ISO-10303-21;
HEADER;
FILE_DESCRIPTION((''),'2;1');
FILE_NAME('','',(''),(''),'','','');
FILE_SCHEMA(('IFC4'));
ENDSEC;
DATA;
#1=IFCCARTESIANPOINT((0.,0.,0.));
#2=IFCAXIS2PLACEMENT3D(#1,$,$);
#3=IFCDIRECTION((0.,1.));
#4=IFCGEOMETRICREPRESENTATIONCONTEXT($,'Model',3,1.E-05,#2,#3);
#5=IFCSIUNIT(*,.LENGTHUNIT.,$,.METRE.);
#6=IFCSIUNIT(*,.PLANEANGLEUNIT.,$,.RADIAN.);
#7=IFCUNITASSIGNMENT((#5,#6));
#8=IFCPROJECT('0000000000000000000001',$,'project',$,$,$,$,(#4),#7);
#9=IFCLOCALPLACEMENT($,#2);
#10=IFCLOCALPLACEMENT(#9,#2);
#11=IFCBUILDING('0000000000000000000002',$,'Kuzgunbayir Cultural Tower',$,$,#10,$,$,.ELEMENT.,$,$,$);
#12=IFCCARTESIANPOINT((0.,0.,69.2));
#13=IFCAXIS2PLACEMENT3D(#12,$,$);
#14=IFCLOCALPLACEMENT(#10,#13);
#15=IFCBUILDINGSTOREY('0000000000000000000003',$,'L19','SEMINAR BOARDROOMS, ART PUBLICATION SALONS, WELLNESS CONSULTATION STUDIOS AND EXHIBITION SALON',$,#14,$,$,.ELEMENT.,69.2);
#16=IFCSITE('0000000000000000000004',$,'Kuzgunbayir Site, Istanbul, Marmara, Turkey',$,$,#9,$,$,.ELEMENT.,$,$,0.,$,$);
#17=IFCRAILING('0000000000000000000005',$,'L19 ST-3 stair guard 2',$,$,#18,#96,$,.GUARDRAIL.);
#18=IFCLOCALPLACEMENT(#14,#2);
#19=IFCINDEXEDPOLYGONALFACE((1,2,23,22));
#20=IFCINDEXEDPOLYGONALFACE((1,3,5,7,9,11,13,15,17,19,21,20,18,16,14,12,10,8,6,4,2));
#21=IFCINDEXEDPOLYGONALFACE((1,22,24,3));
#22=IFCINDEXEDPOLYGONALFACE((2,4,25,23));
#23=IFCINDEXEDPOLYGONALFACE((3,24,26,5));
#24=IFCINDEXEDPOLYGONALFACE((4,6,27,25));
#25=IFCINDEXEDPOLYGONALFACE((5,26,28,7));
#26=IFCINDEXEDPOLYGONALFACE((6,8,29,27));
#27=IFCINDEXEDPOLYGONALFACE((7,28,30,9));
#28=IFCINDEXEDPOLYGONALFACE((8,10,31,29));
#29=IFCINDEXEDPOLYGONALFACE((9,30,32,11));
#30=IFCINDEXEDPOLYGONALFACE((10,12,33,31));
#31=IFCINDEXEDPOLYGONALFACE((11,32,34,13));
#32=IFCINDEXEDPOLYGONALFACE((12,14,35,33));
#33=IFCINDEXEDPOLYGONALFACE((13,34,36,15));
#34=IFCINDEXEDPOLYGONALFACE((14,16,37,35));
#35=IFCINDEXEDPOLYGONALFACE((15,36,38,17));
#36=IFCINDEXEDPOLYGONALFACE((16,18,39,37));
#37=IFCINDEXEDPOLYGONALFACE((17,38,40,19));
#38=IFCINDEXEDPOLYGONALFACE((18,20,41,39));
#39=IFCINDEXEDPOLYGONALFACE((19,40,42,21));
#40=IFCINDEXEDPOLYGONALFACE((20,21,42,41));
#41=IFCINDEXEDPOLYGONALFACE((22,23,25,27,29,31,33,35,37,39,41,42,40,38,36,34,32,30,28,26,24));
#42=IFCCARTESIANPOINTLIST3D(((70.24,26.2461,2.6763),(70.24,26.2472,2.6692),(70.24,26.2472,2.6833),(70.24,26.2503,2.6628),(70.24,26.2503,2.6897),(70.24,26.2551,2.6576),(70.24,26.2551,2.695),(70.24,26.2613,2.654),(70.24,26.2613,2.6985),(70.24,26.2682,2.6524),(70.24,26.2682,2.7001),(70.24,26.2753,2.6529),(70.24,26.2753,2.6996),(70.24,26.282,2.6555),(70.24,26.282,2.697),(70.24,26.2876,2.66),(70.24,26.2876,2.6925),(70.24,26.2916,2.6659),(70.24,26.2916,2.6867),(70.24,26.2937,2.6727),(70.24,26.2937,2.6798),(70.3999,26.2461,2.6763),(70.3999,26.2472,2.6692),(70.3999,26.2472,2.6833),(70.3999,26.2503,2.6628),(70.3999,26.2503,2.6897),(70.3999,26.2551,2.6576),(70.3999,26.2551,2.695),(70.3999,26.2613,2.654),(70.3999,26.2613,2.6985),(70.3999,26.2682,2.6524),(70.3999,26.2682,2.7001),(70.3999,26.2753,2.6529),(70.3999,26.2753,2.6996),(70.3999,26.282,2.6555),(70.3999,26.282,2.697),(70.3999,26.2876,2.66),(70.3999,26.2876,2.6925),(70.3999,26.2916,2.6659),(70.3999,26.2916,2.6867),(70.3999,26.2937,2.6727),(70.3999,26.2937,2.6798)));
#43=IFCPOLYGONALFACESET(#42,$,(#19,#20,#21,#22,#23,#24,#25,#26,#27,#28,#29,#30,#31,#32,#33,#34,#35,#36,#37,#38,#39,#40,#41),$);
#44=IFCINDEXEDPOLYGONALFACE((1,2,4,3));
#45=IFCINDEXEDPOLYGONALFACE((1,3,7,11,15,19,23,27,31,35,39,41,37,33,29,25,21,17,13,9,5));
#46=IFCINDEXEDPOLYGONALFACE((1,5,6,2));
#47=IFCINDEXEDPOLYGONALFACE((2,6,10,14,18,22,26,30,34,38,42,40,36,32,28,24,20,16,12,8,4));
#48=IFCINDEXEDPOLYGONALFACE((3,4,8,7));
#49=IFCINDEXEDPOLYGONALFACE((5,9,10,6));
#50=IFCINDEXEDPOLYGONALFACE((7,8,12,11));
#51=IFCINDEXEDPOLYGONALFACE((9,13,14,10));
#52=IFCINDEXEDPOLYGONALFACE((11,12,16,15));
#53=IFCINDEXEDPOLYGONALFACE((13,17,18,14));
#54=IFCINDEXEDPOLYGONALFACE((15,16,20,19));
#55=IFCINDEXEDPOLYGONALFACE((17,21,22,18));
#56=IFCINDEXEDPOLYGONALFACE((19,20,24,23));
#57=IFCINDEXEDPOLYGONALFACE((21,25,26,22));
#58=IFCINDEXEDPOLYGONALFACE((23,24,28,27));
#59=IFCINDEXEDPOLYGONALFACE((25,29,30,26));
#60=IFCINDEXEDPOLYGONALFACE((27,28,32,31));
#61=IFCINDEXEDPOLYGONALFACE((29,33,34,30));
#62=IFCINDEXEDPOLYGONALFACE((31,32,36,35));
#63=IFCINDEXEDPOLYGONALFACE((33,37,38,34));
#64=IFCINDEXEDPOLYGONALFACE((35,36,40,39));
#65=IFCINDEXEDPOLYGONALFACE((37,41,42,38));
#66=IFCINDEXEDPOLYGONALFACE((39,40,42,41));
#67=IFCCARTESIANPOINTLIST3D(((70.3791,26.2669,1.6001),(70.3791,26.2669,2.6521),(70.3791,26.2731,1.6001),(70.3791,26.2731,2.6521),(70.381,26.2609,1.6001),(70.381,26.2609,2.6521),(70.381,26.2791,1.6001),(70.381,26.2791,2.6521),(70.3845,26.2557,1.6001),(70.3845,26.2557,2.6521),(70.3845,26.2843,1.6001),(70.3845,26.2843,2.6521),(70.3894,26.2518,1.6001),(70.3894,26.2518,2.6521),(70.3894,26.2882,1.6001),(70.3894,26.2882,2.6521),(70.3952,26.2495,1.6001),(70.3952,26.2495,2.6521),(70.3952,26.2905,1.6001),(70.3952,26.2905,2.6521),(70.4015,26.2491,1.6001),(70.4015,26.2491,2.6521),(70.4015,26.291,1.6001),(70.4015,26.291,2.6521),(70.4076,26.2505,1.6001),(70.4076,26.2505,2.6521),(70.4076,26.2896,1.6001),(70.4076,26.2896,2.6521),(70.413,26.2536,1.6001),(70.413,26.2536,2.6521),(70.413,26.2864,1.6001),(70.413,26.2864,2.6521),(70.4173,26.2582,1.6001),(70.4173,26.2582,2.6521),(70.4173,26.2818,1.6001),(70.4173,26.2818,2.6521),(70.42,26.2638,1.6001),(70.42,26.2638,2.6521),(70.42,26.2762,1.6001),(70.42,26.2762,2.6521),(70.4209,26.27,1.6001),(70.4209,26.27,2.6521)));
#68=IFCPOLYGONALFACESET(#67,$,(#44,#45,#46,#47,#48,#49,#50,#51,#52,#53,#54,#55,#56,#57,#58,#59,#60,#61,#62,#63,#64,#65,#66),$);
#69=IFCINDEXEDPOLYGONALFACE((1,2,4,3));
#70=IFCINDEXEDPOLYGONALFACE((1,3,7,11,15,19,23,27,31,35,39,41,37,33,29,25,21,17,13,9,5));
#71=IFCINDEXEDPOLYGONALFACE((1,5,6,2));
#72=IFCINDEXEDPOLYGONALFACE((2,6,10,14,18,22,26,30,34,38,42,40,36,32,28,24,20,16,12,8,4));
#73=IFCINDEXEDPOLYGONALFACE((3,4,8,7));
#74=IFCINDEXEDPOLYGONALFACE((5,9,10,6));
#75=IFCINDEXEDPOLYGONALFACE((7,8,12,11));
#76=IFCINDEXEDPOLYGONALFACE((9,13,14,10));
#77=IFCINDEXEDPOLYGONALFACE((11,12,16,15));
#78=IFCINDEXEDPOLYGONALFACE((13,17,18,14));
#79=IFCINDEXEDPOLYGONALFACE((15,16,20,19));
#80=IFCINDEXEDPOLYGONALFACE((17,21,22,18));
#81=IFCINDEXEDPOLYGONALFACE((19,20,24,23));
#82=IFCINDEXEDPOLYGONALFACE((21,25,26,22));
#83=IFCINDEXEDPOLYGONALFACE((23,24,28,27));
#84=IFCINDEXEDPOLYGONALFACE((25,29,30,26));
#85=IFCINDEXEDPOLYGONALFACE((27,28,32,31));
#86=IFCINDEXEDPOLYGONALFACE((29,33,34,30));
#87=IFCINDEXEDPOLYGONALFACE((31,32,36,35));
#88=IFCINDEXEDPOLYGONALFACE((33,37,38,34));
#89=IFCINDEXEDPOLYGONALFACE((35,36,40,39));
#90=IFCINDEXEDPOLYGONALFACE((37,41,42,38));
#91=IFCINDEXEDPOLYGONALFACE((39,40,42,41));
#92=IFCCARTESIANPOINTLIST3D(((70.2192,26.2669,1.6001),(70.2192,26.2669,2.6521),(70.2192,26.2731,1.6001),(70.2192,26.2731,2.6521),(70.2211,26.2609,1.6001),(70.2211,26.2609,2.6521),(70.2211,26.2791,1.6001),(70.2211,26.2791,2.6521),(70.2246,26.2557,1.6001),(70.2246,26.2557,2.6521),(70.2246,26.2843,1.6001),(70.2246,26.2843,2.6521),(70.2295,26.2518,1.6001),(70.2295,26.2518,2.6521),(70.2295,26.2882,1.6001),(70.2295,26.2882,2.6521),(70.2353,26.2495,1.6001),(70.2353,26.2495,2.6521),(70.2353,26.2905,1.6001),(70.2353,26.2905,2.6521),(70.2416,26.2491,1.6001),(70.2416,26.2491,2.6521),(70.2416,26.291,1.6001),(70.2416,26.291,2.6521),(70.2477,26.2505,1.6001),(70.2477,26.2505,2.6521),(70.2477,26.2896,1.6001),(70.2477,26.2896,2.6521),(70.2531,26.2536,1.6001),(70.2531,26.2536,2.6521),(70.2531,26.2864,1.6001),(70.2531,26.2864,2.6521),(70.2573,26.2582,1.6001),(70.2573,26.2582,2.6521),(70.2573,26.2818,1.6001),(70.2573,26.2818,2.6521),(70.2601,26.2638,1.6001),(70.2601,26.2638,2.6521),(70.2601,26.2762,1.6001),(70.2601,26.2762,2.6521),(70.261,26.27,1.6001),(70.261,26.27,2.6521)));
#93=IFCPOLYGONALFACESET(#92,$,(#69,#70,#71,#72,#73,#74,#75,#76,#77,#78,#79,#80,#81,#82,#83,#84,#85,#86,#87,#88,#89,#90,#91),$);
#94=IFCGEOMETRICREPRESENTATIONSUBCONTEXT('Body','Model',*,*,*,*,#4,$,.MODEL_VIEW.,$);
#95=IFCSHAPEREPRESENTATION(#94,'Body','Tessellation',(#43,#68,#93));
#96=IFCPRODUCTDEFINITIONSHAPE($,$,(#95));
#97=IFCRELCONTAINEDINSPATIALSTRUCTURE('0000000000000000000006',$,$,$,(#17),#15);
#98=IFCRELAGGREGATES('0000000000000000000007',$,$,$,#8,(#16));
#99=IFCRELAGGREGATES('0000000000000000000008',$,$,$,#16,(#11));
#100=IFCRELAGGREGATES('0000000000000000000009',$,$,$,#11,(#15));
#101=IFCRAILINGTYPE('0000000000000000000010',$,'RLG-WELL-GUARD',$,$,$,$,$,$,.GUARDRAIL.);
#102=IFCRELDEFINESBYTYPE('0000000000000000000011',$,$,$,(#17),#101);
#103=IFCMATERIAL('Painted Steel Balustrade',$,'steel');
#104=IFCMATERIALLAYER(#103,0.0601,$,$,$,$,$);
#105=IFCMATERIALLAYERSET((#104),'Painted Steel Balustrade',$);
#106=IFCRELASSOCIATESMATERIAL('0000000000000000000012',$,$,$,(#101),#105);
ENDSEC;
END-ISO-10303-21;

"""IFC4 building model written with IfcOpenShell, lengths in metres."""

from ifc_helpers import new_model, si_unit, direction, frame, origin, origin_2d, place, context, subcontext, project, spatial, circle, extrude, material, layer, layer_set, type_object, element, save


model = new_model("IFC4")

# Units and contexts
model_context = context("Model", 3, precision=1e-05, world=origin(), true_north=direction((0.0, 1.0)))
body_context = subcontext(model_context, "Body", "Model", "MODEL_VIEW")
ifc_project = project(units=[si_unit("LENGTHUNIT", "METRE"), si_unit("PLANEANGLEUNIT", "RADIAN")], contexts=[model_context])

# Site, building, storey
site_placement = place(None, origin())
site = spatial("IfcSite", under=ifc_project, at=site_placement, Name="Kuzgunbayir Site, Istanbul, Marmara, Turkey", CompositionType="ELEMENT", RefElevation=0.0)
building_placement = place(site_placement, origin())
building = spatial("IfcBuilding", under=site, at=building_placement, Name="Kuzgunbayir Cultural Tower", CompositionType="ELEMENT")
storey_placement = place(building_placement, frame((0.0, 0.0, 69.2)))
storey = spatial("IfcBuildingStorey", under=building, at=storey_placement, Name="L19", Description="SEMINAR BOARDROOMS, ART PUBLICATION SALONS, WELLNESS CONSULTATION STUDIOS AND EXHIBITION SALON", CompositionType="ELEMENT", Elevation=69.2)

# Railing
ifc_material_1 = material(Name="Painted Steel Balustrade", Category="steel")
ifc_layer_1 = layer(ifc_material_1, 0.0601)
ifc_layer_set_1 = layer_set([ifc_layer_1], Name="Painted Steel Balustrade")
railing_type_1 = type_object("IfcRailingType", Name="RLG-WELL-GUARD", PredefinedType="GUARDRAIL", material=ifc_layer_set_1)
railing_1_placement = place(storey_placement, frame((70.3999, 26.27, 1.6001)))
element("IfcRailing", 1, at=railing_1_placement, inside=storey, type_object=railing_type_1, Name="L19 ST-3 stair guard 2", PredefinedType="GUARDRAIL", context=body_context, shape_type="SweptSolid", body=[
    extrude(circle(Radius=0.0239, at=origin_2d()), frame((0.0, 0.0, 1.0762), z_axis=(-1.0, 0.0, 0.0), x_axis=(0.0, -1.0, 0.0)), (0.0, 0.0, 1.0), 0.1599),
    extrude(circle(Radius=0.021, at=origin_2d()), origin(), (0.0, 0.0, 1.0), 1.052),
    extrude(circle(Radius=0.021, at=origin_2d()), frame((-0.1599, 0.0, 0.0)), (0.0, 0.0, 1.0), 1.052),
])

save(model, "model.ifc")
